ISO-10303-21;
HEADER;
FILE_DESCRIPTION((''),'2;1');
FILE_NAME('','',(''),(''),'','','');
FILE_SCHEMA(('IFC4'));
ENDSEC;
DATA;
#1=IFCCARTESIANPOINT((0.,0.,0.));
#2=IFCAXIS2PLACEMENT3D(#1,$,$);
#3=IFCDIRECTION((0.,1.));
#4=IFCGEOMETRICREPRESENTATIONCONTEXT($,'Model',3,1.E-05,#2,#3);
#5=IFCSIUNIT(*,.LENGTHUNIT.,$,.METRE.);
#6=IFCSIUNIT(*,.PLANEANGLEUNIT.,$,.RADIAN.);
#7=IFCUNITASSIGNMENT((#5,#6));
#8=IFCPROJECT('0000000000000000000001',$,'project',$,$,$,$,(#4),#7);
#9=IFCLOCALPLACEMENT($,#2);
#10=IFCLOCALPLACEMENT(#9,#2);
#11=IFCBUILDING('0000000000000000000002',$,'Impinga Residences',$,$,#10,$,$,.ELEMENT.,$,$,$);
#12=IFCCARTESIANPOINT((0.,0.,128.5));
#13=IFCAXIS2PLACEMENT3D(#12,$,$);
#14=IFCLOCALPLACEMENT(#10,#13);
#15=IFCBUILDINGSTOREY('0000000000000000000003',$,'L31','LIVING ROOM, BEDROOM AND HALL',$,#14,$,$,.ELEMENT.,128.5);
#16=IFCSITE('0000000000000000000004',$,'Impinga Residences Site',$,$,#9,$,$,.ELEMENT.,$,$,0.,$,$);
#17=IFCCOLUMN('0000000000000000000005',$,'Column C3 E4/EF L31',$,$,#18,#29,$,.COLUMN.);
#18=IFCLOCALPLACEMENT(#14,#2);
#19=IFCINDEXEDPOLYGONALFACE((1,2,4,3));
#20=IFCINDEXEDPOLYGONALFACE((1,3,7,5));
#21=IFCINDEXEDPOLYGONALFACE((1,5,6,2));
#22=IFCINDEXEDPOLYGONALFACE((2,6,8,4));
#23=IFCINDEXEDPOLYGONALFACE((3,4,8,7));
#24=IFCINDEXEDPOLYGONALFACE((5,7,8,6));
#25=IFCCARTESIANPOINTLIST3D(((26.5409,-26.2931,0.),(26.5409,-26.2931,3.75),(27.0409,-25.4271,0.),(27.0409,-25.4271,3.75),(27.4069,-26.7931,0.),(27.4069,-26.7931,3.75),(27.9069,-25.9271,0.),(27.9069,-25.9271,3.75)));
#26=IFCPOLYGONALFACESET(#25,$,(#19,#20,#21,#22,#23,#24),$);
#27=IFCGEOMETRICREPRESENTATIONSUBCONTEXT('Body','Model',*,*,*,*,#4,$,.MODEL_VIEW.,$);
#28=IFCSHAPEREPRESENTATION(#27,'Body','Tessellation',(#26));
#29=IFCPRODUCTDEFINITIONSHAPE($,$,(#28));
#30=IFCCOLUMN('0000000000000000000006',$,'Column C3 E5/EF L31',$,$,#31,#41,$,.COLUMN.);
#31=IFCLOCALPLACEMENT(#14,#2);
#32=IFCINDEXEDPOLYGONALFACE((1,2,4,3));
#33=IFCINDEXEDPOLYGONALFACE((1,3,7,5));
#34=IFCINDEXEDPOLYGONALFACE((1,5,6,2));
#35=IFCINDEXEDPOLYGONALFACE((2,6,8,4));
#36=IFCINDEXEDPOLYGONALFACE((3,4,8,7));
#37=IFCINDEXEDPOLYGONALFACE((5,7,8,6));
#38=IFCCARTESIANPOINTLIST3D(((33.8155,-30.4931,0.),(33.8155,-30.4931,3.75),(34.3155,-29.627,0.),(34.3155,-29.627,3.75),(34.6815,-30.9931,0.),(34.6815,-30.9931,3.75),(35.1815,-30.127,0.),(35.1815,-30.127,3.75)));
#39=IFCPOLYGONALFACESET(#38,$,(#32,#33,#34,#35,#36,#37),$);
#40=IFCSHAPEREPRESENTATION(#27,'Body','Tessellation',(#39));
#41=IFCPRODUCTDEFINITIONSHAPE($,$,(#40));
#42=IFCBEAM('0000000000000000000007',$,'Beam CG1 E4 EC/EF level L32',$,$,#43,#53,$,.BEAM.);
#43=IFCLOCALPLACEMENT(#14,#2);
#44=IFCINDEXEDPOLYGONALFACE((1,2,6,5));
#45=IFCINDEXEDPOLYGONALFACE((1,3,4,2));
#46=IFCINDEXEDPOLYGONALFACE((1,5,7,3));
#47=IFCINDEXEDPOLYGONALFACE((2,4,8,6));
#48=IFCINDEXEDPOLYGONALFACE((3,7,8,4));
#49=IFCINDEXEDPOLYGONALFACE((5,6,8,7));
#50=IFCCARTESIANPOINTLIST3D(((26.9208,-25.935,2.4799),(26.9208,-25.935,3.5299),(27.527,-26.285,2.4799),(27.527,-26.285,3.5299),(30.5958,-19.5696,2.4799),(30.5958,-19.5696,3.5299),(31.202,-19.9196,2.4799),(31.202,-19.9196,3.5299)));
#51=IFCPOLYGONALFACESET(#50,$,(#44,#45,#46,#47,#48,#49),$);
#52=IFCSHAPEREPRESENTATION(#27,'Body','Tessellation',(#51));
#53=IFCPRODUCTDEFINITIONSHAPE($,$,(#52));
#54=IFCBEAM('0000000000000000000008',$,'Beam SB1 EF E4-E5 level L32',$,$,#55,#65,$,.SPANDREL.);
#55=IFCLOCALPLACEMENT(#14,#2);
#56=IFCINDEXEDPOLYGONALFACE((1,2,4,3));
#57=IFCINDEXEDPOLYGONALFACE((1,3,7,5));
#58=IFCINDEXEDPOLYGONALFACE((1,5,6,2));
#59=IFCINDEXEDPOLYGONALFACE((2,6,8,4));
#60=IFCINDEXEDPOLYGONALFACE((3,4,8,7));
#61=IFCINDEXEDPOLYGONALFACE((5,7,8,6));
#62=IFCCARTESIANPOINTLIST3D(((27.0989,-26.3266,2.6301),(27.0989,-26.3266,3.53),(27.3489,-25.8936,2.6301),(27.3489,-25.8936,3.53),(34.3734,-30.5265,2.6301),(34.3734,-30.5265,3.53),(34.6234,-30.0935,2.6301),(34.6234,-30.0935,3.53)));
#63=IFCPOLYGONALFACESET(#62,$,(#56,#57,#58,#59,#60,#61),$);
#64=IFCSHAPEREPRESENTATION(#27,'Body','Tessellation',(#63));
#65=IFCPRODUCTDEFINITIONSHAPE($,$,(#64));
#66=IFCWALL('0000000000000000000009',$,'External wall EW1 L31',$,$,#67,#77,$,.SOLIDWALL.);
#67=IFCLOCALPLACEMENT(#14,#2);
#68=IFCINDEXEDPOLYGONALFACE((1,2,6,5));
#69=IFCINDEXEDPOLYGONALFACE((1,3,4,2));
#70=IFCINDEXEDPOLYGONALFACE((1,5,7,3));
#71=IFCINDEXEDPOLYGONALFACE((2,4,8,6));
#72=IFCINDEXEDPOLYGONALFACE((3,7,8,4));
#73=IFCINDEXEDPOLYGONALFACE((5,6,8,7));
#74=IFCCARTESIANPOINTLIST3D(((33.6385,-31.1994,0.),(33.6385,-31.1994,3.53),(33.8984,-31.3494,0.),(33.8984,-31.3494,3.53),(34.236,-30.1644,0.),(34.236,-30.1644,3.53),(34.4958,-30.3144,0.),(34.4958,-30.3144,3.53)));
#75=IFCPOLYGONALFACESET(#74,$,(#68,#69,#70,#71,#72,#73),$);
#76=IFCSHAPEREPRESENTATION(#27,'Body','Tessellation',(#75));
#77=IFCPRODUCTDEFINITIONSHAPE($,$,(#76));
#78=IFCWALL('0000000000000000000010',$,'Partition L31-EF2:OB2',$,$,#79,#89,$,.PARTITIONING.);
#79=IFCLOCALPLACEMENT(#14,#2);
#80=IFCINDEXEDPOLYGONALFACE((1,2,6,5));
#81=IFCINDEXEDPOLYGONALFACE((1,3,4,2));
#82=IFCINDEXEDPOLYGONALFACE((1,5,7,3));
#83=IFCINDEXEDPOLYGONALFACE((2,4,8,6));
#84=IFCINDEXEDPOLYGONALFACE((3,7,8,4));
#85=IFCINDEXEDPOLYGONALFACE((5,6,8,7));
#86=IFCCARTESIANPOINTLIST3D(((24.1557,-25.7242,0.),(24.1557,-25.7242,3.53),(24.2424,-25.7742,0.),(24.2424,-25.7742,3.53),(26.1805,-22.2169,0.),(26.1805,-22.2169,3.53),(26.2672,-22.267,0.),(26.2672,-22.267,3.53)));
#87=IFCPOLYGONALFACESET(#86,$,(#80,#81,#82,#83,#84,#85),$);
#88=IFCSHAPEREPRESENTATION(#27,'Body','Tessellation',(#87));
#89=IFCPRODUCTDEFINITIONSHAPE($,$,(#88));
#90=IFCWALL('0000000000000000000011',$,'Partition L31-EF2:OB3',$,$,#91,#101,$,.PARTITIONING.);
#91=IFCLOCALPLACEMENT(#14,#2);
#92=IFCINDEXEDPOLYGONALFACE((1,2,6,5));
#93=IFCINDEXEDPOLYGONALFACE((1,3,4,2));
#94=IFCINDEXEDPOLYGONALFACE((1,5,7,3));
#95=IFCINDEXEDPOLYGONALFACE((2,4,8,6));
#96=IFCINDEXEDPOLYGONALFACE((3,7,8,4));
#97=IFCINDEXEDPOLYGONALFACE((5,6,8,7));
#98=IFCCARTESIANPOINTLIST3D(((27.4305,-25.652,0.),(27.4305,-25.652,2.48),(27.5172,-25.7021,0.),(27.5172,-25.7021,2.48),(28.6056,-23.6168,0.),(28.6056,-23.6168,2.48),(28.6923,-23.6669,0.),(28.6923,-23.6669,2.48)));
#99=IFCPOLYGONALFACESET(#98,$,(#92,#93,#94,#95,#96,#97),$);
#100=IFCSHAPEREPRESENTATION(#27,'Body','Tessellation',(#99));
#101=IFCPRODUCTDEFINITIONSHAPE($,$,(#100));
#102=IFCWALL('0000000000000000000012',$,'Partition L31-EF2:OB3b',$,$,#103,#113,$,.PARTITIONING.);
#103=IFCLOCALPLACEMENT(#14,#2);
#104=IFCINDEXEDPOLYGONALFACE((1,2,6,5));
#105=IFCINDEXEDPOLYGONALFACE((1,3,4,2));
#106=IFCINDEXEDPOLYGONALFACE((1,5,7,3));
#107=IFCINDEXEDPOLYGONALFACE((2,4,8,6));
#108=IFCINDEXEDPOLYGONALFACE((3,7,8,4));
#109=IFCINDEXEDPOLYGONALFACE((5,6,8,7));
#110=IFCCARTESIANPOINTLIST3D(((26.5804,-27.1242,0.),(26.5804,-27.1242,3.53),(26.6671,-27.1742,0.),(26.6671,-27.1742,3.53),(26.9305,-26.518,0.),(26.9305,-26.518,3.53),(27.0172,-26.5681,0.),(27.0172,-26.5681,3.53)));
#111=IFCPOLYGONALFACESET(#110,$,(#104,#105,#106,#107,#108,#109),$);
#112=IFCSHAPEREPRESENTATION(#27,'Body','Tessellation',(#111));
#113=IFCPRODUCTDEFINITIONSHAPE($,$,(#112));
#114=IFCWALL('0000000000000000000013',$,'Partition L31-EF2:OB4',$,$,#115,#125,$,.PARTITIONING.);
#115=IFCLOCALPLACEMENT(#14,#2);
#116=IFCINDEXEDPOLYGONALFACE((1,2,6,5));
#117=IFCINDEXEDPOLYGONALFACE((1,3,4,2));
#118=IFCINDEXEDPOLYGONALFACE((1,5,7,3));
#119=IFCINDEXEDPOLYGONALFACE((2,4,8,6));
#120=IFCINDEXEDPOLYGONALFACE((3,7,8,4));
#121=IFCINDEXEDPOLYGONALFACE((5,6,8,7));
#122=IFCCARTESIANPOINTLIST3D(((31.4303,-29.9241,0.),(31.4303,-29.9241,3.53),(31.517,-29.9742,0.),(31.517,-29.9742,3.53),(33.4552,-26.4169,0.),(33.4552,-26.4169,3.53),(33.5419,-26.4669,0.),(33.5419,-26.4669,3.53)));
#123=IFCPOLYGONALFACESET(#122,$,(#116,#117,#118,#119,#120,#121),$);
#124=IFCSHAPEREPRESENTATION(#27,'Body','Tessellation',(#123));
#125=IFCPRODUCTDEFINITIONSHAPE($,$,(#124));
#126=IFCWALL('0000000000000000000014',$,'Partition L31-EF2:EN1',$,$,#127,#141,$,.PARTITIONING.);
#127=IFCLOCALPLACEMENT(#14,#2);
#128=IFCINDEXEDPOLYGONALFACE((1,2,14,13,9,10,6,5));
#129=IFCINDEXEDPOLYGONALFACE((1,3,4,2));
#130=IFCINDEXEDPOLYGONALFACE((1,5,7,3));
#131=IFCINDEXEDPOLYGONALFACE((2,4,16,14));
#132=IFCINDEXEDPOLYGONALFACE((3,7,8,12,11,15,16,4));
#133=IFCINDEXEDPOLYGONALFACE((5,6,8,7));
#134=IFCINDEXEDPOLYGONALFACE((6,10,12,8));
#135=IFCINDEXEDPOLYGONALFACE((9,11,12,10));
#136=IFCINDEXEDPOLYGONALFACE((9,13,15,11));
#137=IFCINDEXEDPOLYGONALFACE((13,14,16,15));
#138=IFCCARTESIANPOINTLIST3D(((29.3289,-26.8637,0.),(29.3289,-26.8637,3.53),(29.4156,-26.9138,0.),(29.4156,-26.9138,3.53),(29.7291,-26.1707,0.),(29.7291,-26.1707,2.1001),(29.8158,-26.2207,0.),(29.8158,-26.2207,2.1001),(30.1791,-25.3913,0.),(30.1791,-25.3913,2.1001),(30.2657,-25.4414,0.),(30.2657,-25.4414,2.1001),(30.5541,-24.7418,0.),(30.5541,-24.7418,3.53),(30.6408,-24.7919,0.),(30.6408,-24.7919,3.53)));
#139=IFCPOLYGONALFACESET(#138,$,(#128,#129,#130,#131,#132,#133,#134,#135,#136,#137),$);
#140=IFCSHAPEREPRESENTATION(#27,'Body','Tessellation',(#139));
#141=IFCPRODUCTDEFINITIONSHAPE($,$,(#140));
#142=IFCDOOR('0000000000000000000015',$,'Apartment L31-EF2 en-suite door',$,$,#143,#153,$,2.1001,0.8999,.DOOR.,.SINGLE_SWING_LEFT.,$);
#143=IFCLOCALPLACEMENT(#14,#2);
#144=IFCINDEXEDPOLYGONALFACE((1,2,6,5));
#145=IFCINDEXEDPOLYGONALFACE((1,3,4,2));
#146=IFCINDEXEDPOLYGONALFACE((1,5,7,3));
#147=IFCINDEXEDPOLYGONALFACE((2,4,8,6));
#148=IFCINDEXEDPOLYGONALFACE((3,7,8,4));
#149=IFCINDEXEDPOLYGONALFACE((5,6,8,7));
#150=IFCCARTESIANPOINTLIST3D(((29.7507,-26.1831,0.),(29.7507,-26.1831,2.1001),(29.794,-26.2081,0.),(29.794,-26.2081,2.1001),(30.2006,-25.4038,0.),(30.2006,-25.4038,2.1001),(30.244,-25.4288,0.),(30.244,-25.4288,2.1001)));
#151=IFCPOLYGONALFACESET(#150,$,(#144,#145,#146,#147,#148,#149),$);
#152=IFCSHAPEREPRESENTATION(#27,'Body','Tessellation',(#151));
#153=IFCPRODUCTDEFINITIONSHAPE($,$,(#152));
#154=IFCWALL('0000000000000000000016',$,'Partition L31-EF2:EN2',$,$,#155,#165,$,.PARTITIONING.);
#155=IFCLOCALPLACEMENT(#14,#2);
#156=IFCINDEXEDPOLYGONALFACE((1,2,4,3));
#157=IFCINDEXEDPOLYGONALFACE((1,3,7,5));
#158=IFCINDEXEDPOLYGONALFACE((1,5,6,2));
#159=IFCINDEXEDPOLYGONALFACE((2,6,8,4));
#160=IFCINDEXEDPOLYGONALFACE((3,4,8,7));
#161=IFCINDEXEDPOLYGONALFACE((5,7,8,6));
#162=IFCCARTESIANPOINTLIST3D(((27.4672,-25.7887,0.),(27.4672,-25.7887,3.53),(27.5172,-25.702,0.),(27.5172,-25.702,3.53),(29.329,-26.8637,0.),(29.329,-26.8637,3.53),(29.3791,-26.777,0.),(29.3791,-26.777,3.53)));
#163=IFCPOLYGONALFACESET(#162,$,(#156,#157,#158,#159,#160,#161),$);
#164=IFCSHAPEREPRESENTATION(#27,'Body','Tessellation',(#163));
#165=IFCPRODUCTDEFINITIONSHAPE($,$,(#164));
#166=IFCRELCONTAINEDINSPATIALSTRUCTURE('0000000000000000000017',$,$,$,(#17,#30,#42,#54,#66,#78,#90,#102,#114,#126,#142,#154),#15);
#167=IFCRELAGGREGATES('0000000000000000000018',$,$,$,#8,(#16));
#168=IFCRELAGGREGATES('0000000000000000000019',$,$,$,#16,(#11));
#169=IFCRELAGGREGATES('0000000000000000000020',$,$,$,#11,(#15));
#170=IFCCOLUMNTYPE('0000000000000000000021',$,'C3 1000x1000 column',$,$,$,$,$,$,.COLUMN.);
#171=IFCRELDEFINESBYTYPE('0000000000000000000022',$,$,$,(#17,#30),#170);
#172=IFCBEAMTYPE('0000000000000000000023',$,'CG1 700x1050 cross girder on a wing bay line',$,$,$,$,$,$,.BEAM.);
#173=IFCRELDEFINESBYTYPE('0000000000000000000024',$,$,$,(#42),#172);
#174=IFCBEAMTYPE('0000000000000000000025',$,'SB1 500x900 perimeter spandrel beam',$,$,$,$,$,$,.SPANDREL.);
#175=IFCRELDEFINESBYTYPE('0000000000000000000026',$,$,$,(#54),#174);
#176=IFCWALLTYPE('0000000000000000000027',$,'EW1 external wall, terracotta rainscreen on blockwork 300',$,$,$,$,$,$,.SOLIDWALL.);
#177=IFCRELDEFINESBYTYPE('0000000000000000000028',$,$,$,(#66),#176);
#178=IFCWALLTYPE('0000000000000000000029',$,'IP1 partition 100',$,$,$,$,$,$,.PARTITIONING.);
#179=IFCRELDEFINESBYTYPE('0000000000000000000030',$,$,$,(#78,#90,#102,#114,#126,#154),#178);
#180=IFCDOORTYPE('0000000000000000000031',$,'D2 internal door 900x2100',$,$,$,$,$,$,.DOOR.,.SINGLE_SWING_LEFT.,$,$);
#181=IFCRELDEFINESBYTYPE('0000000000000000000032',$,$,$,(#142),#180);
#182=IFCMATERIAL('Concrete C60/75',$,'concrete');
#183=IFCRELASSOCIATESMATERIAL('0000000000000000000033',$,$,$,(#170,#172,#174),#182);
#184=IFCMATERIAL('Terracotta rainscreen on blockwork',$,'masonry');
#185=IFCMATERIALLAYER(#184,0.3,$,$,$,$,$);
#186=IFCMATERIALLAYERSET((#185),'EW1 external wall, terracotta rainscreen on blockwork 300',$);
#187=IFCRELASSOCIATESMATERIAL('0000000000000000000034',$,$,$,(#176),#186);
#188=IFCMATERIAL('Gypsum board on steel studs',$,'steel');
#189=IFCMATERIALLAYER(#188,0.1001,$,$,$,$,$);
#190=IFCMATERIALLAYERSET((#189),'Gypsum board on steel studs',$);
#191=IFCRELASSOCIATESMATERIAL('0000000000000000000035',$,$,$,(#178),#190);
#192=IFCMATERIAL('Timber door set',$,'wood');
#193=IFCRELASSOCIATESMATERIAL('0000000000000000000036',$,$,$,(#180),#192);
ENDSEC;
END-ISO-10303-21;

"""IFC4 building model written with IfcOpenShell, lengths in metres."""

from ifc_helpers import new_model, si_unit, direction, frame, frame_2d, origin, origin_2d, place, context, subcontext, project, spatial, rectangle, extrude, material, layer, layer_set, material_profile, profile_set, type_object, element, fill, save


model = new_model("IFC4")

# Units and contexts
model_context = context("Model", 3, precision=1e-05, world=origin(), true_north=direction((0.0, 1.0)))
body_context = subcontext(model_context, "Body", "Model", "MODEL_VIEW")
ifc_project = project(units=[si_unit("LENGTHUNIT", "METRE"), si_unit("PLANEANGLEUNIT", "RADIAN")], contexts=[model_context])

# Site, building, storey
site_placement = place(None, origin())
site = spatial("IfcSite", under=ifc_project, at=site_placement, Name="Impinga Residences Site", CompositionType="ELEMENT", RefElevation=0.0)
building_placement = place(site_placement, origin())
building = spatial("IfcBuilding", under=site, at=building_placement, Name="Impinga Residences", CompositionType="ELEMENT")
storey_placement = place(building_placement, frame((0.0, 0.0, 128.5)))
storey = spatial("IfcBuildingStorey", under=building, at=storey_placement, Name="L31", Description="LIVING ROOM, BEDROOM AND HALL", CompositionType="ELEMENT", Elevation=128.5)

# Columns
ifc_material_1 = material(Name="Concrete C60/75", Category="concrete")
ifc_material_profile_1 = material_profile(ifc_material_1, rectangle(XDim=1.0, YDim=1.0, at=origin_2d()), Name="RC 1000x1000")
ifc_profile_set_1 = profile_set([ifc_material_profile_1], Name="Concrete C60/75")
column_type = type_object("IfcColumnType", Name="C3 1000x1000 column", PredefinedType="COLUMN", material=ifc_profile_set_1)
for number, where, z_axis, x_axis, name in (
    (1, (27.2239, -26.1101, 0.0), (0.0, 0.0, 1.0), (-0.5, -0.866025, 0.0), "Column C3 E4/EF L31"),
    (2, (34.4985, -30.3101, 0.0), (0.0, 0.0, 1.0), (-0.5, -0.866025, 0.0), "Column C3 E5/EF L31"),
):
    element("IfcColumn", number, at=place(storey_placement, frame(where, z_axis=z_axis, x_axis=x_axis)), inside=storey, type_object=column_type, Name=name, PredefinedType="COLUMN", context=body_context, shape_type="SweptSolid", body=[
        extrude(rectangle(XDim=1.0, YDim=1.0, at=origin_2d()), origin(), (0.0, 0.0, 1.0), 3.75),
    ])

# Beams
ifc_material_profile_2 = material_profile(ifc_material_1, rectangle(XDim=0.7, YDim=1.05, at=origin_2d()), Name="RC 700x1050")
ifc_profile_set_2 = profile_set([ifc_material_profile_2], Name="Concrete C60/75")
beam_type_1 = type_object("IfcBeamType", Name="CG1 700x1050 cross girder on a wing bay line", PredefinedType="BEAM", material=ifc_profile_set_2)
beam_1_placement = place(storey_placement, frame((30.8989, -19.7446, 3.0049), z_axis=(-0.499994, -0.866029, 0.0), x_axis=(0.866029, -0.499994, 0.0)))
element("IfcBeam", 3, at=beam_1_placement, inside=storey, type_object=beam_type_1, Name="Beam CG1 E4 EC/EF level L32", PredefinedType="BEAM", context=body_context, shape_type="SweptSolid", body=[
    extrude(rectangle(XDim=0.7, YDim=1.05, at=origin_2d()), origin(), (0.0, 0.0, 1.0), 7.3501),
])
ifc_material_profile_3 = material_profile(ifc_material_1, rectangle(XDim=0.5, YDim=0.8999, at=origin_2d()), Name="RC 500x900")
ifc_profile_set_3 = profile_set([ifc_material_profile_3], Name="Concrete C60/75")
beam_type_2 = type_object("IfcBeamType", Name="SB1 500x900 perimeter spandrel beam", PredefinedType="SPANDREL", material=ifc_profile_set_3)
beam_2_placement = place(storey_placement, frame((27.2239, -26.1101, 3.0801), z_axis=(0.866029, -0.499993, 0.0), x_axis=(0.499993, 0.866029, 0.0)))
element("IfcBeam", 4, at=beam_2_placement, inside=storey, type_object=beam_type_2, Name="Beam SB1 EF E4-E5 level L32", PredefinedType="SPANDREL", context=body_context, shape_type="SweptSolid", body=[
    extrude(rectangle(XDim=0.5, YDim=0.8999, at=origin_2d()), origin(), (0.0, 0.0, 1.0), 8.3999),
])

# Wall
ifc_material_2 = material(Name="Terracotta rainscreen on blockwork", Category="masonry")
ifc_layer_1 = layer(ifc_material_2, 0.3)
ifc_layer_set_1 = layer_set([ifc_layer_1], Name="EW1 external wall, terracotta rainscreen on blockwork 300")
wall_type_1 = type_object("IfcWallType", Name="EW1 external wall, terracotta rainscreen on blockwork 300", PredefinedType="SOLIDWALL", material=ifc_layer_set_1)
wall_1_placement = place(storey_placement, frame((34.366, -30.2393, 0.0), z_axis=(0.0, 0.0, 1.0), x_axis=(-0.499941, -0.86606, 0.0)))
element("IfcWall", 5, at=wall_1_placement, inside=storey, type_object=wall_type_1, Name="External wall EW1 L31", PredefinedType="SOLIDWALL", context=body_context, shape_type="SweptSolid", body=[
    extrude(rectangle(XDim=1.1951, YDim=0.3, at=frame_2d((0.5977, 0.0))), origin(), (0.0, 0.0, 1.0), 3.53),
])

# Walls
ifc_material_3 = material(Name="Gypsum board on steel studs", Category="steel")
ifc_layer_2 = layer(ifc_material_3, 0.1001)
ifc_layer_set_2 = layer_set([ifc_layer_2], Name="Gypsum board on steel studs")
wall_type_2 = type_object("IfcWallType", Name="IP1 partition 100", PredefinedType="PARTITIONING", material=ifc_layer_set_2)
wall_2_placement = place(storey_placement, frame((26.2239, -22.2419, 0.0), z_axis=(0.0, 0.0, 1.0), x_axis=(-0.49999, -0.866031, 0.0)))
element("IfcWall", 6, at=wall_2_placement, inside=storey, type_object=wall_type_2, Name="Partition L31-EF2:OB2", PredefinedType="PARTITIONING", context=body_context, shape_type="SweptSolid", body=[
    extrude(rectangle(XDim=4.0498, YDim=0.1001, at=frame_2d((2.0249, 0.0))), origin(), (0.0, 0.0, 1.0), 3.53),
])
wall_3_placement = place(storey_placement, frame((28.6489, -23.6418, 0.0), z_axis=(0.0, 0.0, 1.0), x_axis=(-0.500016, -0.866016, 0.0)))
element("IfcWall", 7, at=wall_3_placement, inside=storey, type_object=wall_type_2, Name="Partition L31-EF2:OB3", PredefinedType="PARTITIONING", context=body_context, shape_type="SweptSolid", body=[
    extrude(rectangle(XDim=2.3501, YDim=0.1001, at=frame_2d((1.175, 0.0))), origin(), (0.0, 0.0, 1.0), 2.48),
])
wall_4_placement = place(storey_placement, frame((26.9739, -26.543, 0.0), z_axis=(0.0, 0.0, 1.0), x_axis=(-0.500115, -0.865959, 0.0)))
element("IfcWall", 8, at=wall_4_placement, inside=storey, type_object=wall_type_2, Name="Partition L31-EF2:OB3b", PredefinedType="PARTITIONING", context=body_context, shape_type="SweptSolid", body=[
    extrude(rectangle(XDim=0.7, YDim=0.1001, at=frame_2d((0.3501, 0.0))), origin(), (0.0, 0.0, 1.0), 3.53),
])
wall_5_placement = place(storey_placement, frame((33.4985, -26.4419, 0.0), z_axis=(0.0, 0.0, 1.0), x_axis=(-0.49999, -0.866031, 0.0)))
element("IfcWall", 9, at=wall_5_placement, inside=storey, type_object=wall_type_2, Name="Partition L31-EF2:OB4", PredefinedType="PARTITIONING", context=body_context, shape_type="SweptSolid", body=[
    extrude(rectangle(XDim=4.0498, YDim=0.1001, at=frame_2d((2.0249, 0.0))), origin(), (0.0, 0.0, 1.0), 3.53),
])

# Wall, opening, door
wall_6_placement = place(storey_placement, frame((30.5974, -24.7668, 0.0), z_axis=(0.0, 0.0, 1.0), x_axis=(-0.500019, -0.866015, 0.0)))
wall_6 = element("IfcWall", 10, at=wall_6_placement, inside=storey, type_object=wall_type_2, Name="Partition L31-EF2:EN1", PredefinedType="PARTITIONING", context=body_context, shape_type="SweptSolid", body=[
    extrude(rectangle(XDim=2.4502, YDim=0.1001, at=frame_2d((1.2251, 0.0))), origin(), (0.0, 0.0, 1.0), 3.53),
])
opening_1_placement = place(wall_6_placement, frame((0.75, 0.0, 0.0)))
opening_1 = element("IfcOpeningElement", 11, at=opening_1_placement, cuts=wall_6, PredefinedType="OPENING", context=body_context, shape_type="SweptSolid", body=[
    extrude(rectangle(XDim=0.8999, YDim=2.1001, at=frame_2d((0.45, 1.05))), frame((0.0, 0.0601, 0.0), z_axis=(0.0, -1.0, 0.0), x_axis=(1.0, 0.0, 0.0)), (0.0, 0.0, 1.0), 0.1201),
])
ifc_material_4 = material(Name="Timber door set", Category="wood")
door_type = type_object("IfcDoorType", Name="D2 internal door 900x2100", OperationType="SINGLE_SWING_LEFT", PredefinedType="DOOR", material=ifc_material_4)
door_placement = place(opening_1_placement, origin())
door = element("IfcDoor", 12, at=door_placement, inside=storey, type_object=door_type, Name="Apartment L31-EF2 en-suite door", OperationType="SINGLE_SWING_LEFT", OverallHeight=2.1001, OverallWidth=0.8999, PredefinedType="DOOR", context=body_context, shape_type="SweptSolid", body=[
    extrude(rectangle(XDim=0.8999, YDim=2.1001, at=frame_2d((0.45, 1.05))), frame((0.0, 0.0249, 0.0), z_axis=(0.0, -1.0, 0.0), x_axis=(1.0, 0.0, 0.0)), (0.0, 0.0, 1.0), 0.05),
])
fill(opening_1, door)

# Wall
wall_7_placement = place(storey_placement, frame((27.4922, -25.7454, 0.0), z_axis=(0.0, 0.0, 1.0), x_axis=(0.866019, -0.500011, 0.0)))
element("IfcWall", 13, at=wall_7_placement, inside=storey, type_object=wall_type_2, Name="Partition L31-EF2:EN2", PredefinedType="PARTITIONING", context=body_context, shape_type="SweptSolid", body=[
    extrude(rectangle(XDim=2.1499, YDim=0.1001, at=frame_2d((1.075, 0.0))), origin(), (0.0, 0.0, 1.0), 3.53),
])

save(model, "model.ifc")
